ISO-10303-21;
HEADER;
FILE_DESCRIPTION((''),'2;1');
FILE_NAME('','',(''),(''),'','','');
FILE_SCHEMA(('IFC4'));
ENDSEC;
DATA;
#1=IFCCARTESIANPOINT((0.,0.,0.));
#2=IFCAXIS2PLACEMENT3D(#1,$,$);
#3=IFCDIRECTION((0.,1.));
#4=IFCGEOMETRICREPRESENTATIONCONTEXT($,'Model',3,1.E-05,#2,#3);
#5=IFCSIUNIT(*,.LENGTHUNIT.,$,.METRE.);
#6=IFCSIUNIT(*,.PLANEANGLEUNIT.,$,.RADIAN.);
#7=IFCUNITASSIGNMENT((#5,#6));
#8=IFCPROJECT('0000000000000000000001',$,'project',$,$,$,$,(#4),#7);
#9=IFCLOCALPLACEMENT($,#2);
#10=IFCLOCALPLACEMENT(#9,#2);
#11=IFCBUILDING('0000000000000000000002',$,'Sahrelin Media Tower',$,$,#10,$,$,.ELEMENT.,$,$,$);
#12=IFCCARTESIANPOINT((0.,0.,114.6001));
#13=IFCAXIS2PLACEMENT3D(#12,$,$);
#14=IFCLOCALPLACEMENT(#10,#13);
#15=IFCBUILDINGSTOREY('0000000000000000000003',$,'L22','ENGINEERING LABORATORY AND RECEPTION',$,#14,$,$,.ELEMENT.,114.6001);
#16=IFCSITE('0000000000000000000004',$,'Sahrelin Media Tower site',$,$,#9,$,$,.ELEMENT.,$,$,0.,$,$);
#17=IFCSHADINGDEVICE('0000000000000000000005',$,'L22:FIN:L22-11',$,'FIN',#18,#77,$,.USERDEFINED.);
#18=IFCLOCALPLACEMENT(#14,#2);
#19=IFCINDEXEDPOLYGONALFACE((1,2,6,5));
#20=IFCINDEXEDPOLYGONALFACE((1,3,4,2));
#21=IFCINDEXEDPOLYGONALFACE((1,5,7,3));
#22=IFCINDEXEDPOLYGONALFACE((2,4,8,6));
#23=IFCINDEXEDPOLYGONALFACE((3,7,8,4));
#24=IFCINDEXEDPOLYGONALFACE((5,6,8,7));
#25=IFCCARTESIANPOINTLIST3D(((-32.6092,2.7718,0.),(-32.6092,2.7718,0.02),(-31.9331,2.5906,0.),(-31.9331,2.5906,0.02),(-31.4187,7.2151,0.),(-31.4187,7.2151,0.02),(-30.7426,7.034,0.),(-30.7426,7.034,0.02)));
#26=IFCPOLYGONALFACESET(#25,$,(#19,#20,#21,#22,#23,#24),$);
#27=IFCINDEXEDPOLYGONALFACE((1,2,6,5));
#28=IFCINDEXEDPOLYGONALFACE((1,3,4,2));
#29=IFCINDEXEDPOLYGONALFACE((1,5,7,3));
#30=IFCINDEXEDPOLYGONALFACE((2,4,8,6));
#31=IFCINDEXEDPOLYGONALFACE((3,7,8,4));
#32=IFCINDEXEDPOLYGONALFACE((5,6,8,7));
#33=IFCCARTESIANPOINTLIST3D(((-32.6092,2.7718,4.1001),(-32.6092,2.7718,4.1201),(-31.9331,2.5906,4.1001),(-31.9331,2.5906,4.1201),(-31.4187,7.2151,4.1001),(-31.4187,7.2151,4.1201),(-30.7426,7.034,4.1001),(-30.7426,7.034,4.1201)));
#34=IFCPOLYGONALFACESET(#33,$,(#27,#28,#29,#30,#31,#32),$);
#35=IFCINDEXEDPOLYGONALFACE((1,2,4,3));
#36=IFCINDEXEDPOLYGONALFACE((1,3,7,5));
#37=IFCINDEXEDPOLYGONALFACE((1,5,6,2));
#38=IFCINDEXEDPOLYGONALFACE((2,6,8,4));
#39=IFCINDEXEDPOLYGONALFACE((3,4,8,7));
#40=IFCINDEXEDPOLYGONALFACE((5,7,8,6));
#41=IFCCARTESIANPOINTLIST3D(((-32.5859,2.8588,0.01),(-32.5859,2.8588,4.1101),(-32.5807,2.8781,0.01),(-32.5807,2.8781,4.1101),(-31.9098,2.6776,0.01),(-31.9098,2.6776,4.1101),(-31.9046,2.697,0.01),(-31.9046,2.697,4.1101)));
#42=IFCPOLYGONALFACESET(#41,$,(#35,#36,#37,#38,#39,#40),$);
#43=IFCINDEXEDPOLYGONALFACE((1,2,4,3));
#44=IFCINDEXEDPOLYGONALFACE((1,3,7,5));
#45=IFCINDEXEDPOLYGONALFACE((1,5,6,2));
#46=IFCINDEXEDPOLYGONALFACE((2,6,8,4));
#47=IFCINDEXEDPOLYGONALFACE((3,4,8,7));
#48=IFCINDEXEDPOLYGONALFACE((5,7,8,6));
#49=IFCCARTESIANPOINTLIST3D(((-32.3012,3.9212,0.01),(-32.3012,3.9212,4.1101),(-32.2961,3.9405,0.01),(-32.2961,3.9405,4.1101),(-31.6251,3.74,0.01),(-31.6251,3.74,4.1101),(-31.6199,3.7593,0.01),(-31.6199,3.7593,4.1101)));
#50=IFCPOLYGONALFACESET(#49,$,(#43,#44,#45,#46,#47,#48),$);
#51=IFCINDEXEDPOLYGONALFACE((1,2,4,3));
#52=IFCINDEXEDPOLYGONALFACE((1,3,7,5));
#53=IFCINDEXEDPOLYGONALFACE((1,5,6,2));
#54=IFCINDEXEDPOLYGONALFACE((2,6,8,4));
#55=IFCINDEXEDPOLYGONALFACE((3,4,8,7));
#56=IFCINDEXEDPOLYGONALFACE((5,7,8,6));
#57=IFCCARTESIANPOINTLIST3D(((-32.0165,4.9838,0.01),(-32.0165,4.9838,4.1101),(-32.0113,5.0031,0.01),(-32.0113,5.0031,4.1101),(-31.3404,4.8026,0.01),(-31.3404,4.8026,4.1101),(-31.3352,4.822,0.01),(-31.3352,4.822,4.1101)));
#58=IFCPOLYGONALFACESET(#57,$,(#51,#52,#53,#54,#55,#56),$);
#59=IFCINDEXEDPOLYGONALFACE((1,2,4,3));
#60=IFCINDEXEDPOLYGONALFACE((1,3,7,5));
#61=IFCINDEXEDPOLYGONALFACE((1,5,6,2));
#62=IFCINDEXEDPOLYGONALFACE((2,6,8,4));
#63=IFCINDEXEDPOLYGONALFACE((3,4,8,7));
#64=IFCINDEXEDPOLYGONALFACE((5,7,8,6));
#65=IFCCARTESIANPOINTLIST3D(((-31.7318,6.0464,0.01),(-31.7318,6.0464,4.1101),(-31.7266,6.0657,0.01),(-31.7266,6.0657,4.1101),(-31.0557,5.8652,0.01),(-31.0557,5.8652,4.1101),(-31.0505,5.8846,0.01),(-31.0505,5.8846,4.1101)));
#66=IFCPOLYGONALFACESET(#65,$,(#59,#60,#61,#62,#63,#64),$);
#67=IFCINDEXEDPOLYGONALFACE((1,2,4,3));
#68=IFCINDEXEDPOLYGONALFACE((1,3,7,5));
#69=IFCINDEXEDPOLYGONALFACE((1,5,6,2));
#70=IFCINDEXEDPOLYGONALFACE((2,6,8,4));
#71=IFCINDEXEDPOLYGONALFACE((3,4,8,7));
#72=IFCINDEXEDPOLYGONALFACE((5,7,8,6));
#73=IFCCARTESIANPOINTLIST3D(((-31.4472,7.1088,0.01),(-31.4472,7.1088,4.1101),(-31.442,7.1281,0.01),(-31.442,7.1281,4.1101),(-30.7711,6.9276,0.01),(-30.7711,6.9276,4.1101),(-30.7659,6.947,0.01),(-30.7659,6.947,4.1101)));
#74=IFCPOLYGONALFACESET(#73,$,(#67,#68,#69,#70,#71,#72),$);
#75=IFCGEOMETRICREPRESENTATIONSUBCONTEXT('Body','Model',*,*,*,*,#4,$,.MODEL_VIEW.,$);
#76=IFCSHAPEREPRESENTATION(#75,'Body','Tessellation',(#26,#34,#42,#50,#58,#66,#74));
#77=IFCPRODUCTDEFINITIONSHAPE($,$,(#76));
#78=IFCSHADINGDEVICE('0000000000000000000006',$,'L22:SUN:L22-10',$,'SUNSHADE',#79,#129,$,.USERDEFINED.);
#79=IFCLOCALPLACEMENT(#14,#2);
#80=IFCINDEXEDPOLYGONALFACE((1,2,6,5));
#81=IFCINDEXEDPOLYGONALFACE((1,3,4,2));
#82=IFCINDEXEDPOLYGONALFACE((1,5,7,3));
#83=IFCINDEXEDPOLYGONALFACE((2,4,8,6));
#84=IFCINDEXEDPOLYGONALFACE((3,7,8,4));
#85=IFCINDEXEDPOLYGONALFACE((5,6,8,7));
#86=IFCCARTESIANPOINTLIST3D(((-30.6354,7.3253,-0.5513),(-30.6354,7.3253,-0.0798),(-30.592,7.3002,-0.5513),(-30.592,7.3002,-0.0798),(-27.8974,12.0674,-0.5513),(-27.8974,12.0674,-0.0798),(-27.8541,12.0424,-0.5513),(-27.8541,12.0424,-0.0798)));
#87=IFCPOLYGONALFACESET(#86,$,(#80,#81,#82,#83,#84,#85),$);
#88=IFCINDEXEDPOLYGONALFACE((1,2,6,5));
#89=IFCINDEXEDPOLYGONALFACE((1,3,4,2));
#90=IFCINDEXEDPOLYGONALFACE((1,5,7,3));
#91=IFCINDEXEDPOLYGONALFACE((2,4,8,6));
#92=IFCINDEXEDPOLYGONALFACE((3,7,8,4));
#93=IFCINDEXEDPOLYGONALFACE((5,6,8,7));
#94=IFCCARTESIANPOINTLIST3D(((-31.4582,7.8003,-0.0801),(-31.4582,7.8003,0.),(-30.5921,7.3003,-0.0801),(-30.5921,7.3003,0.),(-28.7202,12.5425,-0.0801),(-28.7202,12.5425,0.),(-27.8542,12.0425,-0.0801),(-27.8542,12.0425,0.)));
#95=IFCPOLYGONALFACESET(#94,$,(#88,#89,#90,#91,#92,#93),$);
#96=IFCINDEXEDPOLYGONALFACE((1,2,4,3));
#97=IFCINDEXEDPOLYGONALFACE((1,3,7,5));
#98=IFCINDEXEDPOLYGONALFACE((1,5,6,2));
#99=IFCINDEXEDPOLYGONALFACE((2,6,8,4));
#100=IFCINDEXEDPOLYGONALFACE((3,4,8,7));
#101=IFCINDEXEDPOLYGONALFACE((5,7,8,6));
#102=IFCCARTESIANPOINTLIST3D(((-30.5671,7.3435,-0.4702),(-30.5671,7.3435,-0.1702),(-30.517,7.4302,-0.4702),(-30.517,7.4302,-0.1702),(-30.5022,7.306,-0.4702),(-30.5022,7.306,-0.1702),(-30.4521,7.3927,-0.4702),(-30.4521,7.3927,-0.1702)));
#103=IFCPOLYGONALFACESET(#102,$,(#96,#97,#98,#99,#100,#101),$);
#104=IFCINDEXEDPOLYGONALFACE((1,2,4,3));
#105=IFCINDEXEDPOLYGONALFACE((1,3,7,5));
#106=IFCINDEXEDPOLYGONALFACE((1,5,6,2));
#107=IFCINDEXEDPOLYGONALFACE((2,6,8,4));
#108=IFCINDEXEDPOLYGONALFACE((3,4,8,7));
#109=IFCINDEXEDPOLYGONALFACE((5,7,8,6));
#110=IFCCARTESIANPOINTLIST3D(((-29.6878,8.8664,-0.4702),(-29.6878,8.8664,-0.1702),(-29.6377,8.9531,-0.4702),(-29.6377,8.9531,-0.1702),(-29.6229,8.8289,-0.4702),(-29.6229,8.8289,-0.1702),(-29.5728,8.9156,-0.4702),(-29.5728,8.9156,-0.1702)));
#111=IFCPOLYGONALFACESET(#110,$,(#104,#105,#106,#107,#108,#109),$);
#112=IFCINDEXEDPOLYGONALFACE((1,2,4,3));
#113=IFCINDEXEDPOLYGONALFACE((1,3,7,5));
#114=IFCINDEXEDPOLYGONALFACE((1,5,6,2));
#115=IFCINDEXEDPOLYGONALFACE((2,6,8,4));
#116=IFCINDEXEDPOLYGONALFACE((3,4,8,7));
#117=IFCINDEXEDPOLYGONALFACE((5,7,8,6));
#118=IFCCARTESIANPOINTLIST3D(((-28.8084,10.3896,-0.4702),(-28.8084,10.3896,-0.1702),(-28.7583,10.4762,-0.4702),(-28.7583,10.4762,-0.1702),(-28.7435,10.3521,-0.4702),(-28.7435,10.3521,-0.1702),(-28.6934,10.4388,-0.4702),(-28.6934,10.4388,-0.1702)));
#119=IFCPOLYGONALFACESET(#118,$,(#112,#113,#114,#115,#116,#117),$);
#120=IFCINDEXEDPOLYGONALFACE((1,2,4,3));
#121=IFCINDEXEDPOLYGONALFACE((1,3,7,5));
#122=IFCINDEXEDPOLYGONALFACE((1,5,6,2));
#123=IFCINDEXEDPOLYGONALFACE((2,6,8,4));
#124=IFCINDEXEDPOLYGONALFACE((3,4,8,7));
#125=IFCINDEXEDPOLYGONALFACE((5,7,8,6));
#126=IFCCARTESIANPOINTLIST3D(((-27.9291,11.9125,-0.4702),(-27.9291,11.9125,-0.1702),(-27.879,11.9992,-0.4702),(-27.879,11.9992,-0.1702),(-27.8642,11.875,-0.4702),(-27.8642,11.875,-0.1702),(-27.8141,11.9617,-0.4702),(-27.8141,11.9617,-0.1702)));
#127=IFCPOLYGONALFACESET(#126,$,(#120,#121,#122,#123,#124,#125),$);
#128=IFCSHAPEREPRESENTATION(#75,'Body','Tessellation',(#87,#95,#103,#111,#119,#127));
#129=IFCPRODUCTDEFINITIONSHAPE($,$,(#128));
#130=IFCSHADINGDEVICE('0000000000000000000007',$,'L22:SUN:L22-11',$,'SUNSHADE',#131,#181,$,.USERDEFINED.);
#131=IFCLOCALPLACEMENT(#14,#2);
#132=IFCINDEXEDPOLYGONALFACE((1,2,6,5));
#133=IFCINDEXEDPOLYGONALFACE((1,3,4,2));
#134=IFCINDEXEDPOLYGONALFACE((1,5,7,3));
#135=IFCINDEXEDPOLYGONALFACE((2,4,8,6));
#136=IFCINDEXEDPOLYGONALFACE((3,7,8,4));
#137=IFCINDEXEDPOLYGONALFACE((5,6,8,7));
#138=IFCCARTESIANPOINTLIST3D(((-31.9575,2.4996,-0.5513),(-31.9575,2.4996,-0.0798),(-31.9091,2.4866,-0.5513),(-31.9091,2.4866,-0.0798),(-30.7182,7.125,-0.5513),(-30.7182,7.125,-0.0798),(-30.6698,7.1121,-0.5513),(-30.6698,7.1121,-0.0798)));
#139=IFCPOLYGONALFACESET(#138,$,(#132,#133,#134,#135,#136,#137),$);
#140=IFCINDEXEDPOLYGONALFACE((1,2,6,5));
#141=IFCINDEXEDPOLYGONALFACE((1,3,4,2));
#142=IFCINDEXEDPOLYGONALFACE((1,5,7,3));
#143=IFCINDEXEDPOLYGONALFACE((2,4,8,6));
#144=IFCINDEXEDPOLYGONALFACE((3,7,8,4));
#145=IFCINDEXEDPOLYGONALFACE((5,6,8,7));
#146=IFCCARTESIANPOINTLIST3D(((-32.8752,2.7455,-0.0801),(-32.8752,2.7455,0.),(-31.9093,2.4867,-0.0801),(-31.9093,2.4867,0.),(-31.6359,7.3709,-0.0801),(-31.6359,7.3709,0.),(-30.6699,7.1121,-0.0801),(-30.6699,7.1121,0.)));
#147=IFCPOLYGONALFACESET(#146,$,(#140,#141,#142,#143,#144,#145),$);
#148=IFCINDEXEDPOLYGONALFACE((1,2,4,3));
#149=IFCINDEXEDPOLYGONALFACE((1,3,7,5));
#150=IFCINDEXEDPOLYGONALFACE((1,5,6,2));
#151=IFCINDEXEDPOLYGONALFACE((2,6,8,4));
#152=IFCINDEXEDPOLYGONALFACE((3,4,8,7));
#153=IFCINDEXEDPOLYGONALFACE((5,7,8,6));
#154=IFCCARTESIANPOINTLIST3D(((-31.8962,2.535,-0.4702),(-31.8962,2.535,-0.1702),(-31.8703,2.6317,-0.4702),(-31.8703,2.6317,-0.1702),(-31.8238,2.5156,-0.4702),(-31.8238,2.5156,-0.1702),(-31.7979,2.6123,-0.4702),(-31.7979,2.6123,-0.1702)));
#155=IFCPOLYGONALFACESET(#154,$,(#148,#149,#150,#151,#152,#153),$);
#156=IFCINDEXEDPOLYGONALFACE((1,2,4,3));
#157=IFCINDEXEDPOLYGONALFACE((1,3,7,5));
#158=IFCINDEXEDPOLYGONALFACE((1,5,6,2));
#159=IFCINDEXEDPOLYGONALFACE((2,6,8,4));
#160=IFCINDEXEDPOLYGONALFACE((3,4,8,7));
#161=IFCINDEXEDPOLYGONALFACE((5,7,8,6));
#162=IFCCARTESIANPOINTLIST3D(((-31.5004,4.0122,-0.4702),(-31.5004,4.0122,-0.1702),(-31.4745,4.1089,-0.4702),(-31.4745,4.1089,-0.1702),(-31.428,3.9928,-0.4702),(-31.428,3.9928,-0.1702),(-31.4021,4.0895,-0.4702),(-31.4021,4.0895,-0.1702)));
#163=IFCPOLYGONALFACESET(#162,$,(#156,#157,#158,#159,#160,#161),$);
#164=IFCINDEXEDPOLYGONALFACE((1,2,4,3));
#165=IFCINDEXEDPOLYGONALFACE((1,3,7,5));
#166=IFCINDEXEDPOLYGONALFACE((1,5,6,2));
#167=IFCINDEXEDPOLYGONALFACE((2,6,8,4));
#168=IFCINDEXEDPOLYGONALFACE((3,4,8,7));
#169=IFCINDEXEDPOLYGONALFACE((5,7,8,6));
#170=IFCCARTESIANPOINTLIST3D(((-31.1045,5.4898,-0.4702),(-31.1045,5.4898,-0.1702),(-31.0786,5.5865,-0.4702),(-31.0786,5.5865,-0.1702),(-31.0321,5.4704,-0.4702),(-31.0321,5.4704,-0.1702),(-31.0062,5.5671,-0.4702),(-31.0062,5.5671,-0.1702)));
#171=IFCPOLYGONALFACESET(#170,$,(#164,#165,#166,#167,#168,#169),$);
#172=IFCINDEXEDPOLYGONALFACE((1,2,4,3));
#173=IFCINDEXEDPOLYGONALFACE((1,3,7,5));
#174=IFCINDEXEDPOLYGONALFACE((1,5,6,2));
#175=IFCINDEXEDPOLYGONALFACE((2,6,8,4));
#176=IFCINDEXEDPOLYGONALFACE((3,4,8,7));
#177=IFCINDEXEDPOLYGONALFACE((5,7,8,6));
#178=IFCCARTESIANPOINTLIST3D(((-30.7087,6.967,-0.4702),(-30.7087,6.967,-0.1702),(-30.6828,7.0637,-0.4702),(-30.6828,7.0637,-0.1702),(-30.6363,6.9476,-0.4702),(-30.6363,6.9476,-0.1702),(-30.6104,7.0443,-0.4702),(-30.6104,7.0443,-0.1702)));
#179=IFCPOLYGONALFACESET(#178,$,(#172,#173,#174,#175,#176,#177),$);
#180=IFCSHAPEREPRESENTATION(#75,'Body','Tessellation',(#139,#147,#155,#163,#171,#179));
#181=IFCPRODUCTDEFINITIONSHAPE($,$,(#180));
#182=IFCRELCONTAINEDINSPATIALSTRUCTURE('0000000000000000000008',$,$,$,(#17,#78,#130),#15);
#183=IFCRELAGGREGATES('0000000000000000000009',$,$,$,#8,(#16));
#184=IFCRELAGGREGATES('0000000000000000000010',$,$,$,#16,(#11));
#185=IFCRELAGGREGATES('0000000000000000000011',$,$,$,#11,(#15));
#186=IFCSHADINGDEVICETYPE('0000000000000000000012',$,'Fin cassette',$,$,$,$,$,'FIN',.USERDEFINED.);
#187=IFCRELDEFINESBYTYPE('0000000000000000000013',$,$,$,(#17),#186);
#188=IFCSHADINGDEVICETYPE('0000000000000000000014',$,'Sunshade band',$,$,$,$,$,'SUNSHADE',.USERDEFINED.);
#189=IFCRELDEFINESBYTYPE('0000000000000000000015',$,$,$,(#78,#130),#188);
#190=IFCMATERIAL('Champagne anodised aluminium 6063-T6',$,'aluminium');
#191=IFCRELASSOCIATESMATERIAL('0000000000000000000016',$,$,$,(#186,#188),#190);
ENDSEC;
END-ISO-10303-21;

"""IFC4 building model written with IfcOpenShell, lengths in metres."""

from ifc_helpers import new_model, si_unit, direction, frame, origin, origin_2d, place, context, subcontext, project, spatial, rectangle, extrude, material, type_object, element, save


model = new_model("IFC4")

# Units and contexts
model_context = context("Model", 3, precision=1e-05, world=origin(), true_north=direction((0.0, 1.0)))
body_context = subcontext(model_context, "Body", "Model", "MODEL_VIEW")
ifc_project = project(units=[si_unit("LENGTHUNIT", "METRE"), si_unit("PLANEANGLEUNIT", "RADIAN")], contexts=[model_context])

# Site, building, storey
site_placement = place(None, origin())
site = spatial("IfcSite", under=ifc_project, at=site_placement, Name="Sahrelin Media Tower site", CompositionType="ELEMENT", RefElevation=0.0)
building_placement = place(site_placement, origin())
building = spatial("IfcBuilding", under=site, at=building_placement, Name="Sahrelin Media Tower", CompositionType="ELEMENT")
storey_placement = place(building_placement, frame((0.0, 0.0, 114.6001)))
storey = spatial("IfcBuildingStorey", under=building, at=storey_placement, Name="L22", Description="ENGINEERING LABORATORY AND RECEPTION", CompositionType="ELEMENT", Elevation=114.6001)

# Shared definitions
ifc_material_1 = material(Name="Champagne anodised aluminium 6063-T6", Category="aluminium")

# Shading devices
shading_device_type_1 = type_object("IfcShadingDeviceType", Name="Fin cassette", ElementType="FIN", PredefinedType="USERDEFINED", material=ifc_material_1)
placement_1 = place(storey_placement, frame((-29.2058, 9.6614, 0.0), z_axis=(0.0, 0.0, 1.0), x_axis=(0.500011, 0.866019, 0.0)))
placement_2 = place(storey_placement, frame((-31.2703, 4.7942, 0.0), z_axis=(0.0, 0.0, 1.0), x_axis=(0.258808, 0.965929, 0.0)))
element("IfcShadingDevice", 1, at=placement_2, inside=storey, type_object=shading_device_type_1, Name="L22:FIN:L22-11", ObjectType="FIN", PredefinedType="USERDEFINED", context=body_context, shape_type="SweptSolid", body=[
    extrude(rectangle(XDim=4.6001, YDim=0.7, at=origin_2d()), frame((0.0, 0.4199, 0.0)), (0.0, 0.0, 1.0), 0.02),
    extrude(rectangle(XDim=4.6001, YDim=0.7, at=origin_2d()), frame((0.0, 0.4199, 4.1001)), (0.0, 0.0, 1.0), 0.02),
    extrude(rectangle(XDim=0.02, YDim=0.7, at=origin_2d()), frame((-2.2, 0.4199, 0.01), z_axis=(0.0, 0.0, 1.0), x_axis=(1.0, 0.0, 0.0)), (0.0, 0.0, 1.0), 4.1001),
    extrude(rectangle(XDim=0.02, YDim=0.7, at=origin_2d()), frame((-1.1001, 0.4199, 0.01), z_axis=(0.0, 0.0, 1.0), x_axis=(1.0, 0.0, 0.0)), (0.0, 0.0, 1.0), 4.1001),
    extrude(rectangle(XDim=0.02, YDim=0.7, at=origin_2d()), frame((0.0, 0.4199, 0.01), z_axis=(0.0, 0.0, 1.0), x_axis=(1.0, 0.0, 0.0)), (0.0, 0.0, 1.0), 4.1001),
    extrude(rectangle(XDim=0.02, YDim=0.7, at=origin_2d()), frame((1.1001, 0.4199, 0.01), z_axis=(0.0, 0.0, 1.0), x_axis=(1.0, 0.0, 0.0)), (0.0, 0.0, 1.0), 4.1001),
    extrude(rectangle(XDim=0.02, YDim=0.7, at=origin_2d()), frame((2.2, 0.4199, 0.01), z_axis=(0.0, 0.0, 1.0), x_axis=(1.0, 0.0, 0.0)), (0.0, 0.0, 1.0), 4.1001),
])
shading_device_type_2 = type_object("IfcShadingDeviceType", Name="Sunshade band", ElementType="SUNSHADE", PredefinedType="USERDEFINED", material=ifc_material_1)
element("IfcShadingDevice", 2, at=placement_1, inside=storey, type_object=shading_device_type_2, Name="L22:SUN:L22-10", ObjectType="SUNSHADE", PredefinedType="USERDEFINED", context=body_context, shape_type="SweptSolid", body=[
    extrude(rectangle(XDim=5.4758, YDim=0.05, at=origin_2d()), frame((0.0, 0.0449, -0.5513)), (0.0, 0.0, 1.0), 0.4714),
    extrude(rectangle(XDim=5.4758, YDim=1.0, at=origin_2d()), frame((0.0, 0.52, -0.0801)), (0.0, 0.0, 1.0), 0.0801),
    extrude(rectangle(XDim=0.1001, YDim=0.075, at=origin_2d()), frame((-2.6379, -0.0176, -0.4702)), (0.0, 0.0, 1.0), 0.3),
    extrude(rectangle(XDim=0.1001, YDim=0.075, at=origin_2d()), frame((-0.8794, -0.0176, -0.4702)), (0.0, 0.0, 1.0), 0.3),
    extrude(rectangle(XDim=0.1001, YDim=0.075, at=origin_2d()), frame((0.8794, -0.0176, -0.4702)), (0.0, 0.0, 1.0), 0.3),
    extrude(rectangle(XDim=0.1001, YDim=0.075, at=origin_2d()), frame((2.6379, -0.0176, -0.4702)), (0.0, 0.0, 1.0), 0.3),
])
element("IfcShadingDevice", 3, at=placement_2, inside=storey, type_object=shading_device_type_2, Name="L22:SUN:L22-11", ObjectType="SUNSHADE", PredefinedType="USERDEFINED", context=body_context, shape_type="SweptSolid", body=[
    extrude(rectangle(XDim=4.7886, YDim=0.05, at=origin_2d()), frame((0.0, 0.0449, -0.5513)), (0.0, 0.0, 1.0), 0.4714),
    extrude(rectangle(XDim=4.7886, YDim=1.0, at=origin_2d()), frame((0.0, 0.52, -0.0801)), (0.0, 0.0, 1.0), 0.0801),
    extrude(rectangle(XDim=0.1001, YDim=0.075, at=origin_2d()), frame((-2.2942, -0.0176, -0.4702)), (0.0, 0.0, 1.0), 0.3),
    extrude(rectangle(XDim=0.1001, YDim=0.075, at=origin_2d()), frame((-0.7649, -0.0176, -0.4702)), (0.0, 0.0, 1.0), 0.3),
    extrude(rectangle(XDim=0.1001, YDim=0.075, at=origin_2d()), frame((0.7649, -0.0176, -0.4702)), (0.0, 0.0, 1.0), 0.3),
    extrude(rectangle(XDim=0.1001, YDim=0.075, at=origin_2d()), frame((2.2942, -0.0176, -0.4702)), (0.0, 0.0, 1.0), 0.3),
])

save(model, "model.ifc")
